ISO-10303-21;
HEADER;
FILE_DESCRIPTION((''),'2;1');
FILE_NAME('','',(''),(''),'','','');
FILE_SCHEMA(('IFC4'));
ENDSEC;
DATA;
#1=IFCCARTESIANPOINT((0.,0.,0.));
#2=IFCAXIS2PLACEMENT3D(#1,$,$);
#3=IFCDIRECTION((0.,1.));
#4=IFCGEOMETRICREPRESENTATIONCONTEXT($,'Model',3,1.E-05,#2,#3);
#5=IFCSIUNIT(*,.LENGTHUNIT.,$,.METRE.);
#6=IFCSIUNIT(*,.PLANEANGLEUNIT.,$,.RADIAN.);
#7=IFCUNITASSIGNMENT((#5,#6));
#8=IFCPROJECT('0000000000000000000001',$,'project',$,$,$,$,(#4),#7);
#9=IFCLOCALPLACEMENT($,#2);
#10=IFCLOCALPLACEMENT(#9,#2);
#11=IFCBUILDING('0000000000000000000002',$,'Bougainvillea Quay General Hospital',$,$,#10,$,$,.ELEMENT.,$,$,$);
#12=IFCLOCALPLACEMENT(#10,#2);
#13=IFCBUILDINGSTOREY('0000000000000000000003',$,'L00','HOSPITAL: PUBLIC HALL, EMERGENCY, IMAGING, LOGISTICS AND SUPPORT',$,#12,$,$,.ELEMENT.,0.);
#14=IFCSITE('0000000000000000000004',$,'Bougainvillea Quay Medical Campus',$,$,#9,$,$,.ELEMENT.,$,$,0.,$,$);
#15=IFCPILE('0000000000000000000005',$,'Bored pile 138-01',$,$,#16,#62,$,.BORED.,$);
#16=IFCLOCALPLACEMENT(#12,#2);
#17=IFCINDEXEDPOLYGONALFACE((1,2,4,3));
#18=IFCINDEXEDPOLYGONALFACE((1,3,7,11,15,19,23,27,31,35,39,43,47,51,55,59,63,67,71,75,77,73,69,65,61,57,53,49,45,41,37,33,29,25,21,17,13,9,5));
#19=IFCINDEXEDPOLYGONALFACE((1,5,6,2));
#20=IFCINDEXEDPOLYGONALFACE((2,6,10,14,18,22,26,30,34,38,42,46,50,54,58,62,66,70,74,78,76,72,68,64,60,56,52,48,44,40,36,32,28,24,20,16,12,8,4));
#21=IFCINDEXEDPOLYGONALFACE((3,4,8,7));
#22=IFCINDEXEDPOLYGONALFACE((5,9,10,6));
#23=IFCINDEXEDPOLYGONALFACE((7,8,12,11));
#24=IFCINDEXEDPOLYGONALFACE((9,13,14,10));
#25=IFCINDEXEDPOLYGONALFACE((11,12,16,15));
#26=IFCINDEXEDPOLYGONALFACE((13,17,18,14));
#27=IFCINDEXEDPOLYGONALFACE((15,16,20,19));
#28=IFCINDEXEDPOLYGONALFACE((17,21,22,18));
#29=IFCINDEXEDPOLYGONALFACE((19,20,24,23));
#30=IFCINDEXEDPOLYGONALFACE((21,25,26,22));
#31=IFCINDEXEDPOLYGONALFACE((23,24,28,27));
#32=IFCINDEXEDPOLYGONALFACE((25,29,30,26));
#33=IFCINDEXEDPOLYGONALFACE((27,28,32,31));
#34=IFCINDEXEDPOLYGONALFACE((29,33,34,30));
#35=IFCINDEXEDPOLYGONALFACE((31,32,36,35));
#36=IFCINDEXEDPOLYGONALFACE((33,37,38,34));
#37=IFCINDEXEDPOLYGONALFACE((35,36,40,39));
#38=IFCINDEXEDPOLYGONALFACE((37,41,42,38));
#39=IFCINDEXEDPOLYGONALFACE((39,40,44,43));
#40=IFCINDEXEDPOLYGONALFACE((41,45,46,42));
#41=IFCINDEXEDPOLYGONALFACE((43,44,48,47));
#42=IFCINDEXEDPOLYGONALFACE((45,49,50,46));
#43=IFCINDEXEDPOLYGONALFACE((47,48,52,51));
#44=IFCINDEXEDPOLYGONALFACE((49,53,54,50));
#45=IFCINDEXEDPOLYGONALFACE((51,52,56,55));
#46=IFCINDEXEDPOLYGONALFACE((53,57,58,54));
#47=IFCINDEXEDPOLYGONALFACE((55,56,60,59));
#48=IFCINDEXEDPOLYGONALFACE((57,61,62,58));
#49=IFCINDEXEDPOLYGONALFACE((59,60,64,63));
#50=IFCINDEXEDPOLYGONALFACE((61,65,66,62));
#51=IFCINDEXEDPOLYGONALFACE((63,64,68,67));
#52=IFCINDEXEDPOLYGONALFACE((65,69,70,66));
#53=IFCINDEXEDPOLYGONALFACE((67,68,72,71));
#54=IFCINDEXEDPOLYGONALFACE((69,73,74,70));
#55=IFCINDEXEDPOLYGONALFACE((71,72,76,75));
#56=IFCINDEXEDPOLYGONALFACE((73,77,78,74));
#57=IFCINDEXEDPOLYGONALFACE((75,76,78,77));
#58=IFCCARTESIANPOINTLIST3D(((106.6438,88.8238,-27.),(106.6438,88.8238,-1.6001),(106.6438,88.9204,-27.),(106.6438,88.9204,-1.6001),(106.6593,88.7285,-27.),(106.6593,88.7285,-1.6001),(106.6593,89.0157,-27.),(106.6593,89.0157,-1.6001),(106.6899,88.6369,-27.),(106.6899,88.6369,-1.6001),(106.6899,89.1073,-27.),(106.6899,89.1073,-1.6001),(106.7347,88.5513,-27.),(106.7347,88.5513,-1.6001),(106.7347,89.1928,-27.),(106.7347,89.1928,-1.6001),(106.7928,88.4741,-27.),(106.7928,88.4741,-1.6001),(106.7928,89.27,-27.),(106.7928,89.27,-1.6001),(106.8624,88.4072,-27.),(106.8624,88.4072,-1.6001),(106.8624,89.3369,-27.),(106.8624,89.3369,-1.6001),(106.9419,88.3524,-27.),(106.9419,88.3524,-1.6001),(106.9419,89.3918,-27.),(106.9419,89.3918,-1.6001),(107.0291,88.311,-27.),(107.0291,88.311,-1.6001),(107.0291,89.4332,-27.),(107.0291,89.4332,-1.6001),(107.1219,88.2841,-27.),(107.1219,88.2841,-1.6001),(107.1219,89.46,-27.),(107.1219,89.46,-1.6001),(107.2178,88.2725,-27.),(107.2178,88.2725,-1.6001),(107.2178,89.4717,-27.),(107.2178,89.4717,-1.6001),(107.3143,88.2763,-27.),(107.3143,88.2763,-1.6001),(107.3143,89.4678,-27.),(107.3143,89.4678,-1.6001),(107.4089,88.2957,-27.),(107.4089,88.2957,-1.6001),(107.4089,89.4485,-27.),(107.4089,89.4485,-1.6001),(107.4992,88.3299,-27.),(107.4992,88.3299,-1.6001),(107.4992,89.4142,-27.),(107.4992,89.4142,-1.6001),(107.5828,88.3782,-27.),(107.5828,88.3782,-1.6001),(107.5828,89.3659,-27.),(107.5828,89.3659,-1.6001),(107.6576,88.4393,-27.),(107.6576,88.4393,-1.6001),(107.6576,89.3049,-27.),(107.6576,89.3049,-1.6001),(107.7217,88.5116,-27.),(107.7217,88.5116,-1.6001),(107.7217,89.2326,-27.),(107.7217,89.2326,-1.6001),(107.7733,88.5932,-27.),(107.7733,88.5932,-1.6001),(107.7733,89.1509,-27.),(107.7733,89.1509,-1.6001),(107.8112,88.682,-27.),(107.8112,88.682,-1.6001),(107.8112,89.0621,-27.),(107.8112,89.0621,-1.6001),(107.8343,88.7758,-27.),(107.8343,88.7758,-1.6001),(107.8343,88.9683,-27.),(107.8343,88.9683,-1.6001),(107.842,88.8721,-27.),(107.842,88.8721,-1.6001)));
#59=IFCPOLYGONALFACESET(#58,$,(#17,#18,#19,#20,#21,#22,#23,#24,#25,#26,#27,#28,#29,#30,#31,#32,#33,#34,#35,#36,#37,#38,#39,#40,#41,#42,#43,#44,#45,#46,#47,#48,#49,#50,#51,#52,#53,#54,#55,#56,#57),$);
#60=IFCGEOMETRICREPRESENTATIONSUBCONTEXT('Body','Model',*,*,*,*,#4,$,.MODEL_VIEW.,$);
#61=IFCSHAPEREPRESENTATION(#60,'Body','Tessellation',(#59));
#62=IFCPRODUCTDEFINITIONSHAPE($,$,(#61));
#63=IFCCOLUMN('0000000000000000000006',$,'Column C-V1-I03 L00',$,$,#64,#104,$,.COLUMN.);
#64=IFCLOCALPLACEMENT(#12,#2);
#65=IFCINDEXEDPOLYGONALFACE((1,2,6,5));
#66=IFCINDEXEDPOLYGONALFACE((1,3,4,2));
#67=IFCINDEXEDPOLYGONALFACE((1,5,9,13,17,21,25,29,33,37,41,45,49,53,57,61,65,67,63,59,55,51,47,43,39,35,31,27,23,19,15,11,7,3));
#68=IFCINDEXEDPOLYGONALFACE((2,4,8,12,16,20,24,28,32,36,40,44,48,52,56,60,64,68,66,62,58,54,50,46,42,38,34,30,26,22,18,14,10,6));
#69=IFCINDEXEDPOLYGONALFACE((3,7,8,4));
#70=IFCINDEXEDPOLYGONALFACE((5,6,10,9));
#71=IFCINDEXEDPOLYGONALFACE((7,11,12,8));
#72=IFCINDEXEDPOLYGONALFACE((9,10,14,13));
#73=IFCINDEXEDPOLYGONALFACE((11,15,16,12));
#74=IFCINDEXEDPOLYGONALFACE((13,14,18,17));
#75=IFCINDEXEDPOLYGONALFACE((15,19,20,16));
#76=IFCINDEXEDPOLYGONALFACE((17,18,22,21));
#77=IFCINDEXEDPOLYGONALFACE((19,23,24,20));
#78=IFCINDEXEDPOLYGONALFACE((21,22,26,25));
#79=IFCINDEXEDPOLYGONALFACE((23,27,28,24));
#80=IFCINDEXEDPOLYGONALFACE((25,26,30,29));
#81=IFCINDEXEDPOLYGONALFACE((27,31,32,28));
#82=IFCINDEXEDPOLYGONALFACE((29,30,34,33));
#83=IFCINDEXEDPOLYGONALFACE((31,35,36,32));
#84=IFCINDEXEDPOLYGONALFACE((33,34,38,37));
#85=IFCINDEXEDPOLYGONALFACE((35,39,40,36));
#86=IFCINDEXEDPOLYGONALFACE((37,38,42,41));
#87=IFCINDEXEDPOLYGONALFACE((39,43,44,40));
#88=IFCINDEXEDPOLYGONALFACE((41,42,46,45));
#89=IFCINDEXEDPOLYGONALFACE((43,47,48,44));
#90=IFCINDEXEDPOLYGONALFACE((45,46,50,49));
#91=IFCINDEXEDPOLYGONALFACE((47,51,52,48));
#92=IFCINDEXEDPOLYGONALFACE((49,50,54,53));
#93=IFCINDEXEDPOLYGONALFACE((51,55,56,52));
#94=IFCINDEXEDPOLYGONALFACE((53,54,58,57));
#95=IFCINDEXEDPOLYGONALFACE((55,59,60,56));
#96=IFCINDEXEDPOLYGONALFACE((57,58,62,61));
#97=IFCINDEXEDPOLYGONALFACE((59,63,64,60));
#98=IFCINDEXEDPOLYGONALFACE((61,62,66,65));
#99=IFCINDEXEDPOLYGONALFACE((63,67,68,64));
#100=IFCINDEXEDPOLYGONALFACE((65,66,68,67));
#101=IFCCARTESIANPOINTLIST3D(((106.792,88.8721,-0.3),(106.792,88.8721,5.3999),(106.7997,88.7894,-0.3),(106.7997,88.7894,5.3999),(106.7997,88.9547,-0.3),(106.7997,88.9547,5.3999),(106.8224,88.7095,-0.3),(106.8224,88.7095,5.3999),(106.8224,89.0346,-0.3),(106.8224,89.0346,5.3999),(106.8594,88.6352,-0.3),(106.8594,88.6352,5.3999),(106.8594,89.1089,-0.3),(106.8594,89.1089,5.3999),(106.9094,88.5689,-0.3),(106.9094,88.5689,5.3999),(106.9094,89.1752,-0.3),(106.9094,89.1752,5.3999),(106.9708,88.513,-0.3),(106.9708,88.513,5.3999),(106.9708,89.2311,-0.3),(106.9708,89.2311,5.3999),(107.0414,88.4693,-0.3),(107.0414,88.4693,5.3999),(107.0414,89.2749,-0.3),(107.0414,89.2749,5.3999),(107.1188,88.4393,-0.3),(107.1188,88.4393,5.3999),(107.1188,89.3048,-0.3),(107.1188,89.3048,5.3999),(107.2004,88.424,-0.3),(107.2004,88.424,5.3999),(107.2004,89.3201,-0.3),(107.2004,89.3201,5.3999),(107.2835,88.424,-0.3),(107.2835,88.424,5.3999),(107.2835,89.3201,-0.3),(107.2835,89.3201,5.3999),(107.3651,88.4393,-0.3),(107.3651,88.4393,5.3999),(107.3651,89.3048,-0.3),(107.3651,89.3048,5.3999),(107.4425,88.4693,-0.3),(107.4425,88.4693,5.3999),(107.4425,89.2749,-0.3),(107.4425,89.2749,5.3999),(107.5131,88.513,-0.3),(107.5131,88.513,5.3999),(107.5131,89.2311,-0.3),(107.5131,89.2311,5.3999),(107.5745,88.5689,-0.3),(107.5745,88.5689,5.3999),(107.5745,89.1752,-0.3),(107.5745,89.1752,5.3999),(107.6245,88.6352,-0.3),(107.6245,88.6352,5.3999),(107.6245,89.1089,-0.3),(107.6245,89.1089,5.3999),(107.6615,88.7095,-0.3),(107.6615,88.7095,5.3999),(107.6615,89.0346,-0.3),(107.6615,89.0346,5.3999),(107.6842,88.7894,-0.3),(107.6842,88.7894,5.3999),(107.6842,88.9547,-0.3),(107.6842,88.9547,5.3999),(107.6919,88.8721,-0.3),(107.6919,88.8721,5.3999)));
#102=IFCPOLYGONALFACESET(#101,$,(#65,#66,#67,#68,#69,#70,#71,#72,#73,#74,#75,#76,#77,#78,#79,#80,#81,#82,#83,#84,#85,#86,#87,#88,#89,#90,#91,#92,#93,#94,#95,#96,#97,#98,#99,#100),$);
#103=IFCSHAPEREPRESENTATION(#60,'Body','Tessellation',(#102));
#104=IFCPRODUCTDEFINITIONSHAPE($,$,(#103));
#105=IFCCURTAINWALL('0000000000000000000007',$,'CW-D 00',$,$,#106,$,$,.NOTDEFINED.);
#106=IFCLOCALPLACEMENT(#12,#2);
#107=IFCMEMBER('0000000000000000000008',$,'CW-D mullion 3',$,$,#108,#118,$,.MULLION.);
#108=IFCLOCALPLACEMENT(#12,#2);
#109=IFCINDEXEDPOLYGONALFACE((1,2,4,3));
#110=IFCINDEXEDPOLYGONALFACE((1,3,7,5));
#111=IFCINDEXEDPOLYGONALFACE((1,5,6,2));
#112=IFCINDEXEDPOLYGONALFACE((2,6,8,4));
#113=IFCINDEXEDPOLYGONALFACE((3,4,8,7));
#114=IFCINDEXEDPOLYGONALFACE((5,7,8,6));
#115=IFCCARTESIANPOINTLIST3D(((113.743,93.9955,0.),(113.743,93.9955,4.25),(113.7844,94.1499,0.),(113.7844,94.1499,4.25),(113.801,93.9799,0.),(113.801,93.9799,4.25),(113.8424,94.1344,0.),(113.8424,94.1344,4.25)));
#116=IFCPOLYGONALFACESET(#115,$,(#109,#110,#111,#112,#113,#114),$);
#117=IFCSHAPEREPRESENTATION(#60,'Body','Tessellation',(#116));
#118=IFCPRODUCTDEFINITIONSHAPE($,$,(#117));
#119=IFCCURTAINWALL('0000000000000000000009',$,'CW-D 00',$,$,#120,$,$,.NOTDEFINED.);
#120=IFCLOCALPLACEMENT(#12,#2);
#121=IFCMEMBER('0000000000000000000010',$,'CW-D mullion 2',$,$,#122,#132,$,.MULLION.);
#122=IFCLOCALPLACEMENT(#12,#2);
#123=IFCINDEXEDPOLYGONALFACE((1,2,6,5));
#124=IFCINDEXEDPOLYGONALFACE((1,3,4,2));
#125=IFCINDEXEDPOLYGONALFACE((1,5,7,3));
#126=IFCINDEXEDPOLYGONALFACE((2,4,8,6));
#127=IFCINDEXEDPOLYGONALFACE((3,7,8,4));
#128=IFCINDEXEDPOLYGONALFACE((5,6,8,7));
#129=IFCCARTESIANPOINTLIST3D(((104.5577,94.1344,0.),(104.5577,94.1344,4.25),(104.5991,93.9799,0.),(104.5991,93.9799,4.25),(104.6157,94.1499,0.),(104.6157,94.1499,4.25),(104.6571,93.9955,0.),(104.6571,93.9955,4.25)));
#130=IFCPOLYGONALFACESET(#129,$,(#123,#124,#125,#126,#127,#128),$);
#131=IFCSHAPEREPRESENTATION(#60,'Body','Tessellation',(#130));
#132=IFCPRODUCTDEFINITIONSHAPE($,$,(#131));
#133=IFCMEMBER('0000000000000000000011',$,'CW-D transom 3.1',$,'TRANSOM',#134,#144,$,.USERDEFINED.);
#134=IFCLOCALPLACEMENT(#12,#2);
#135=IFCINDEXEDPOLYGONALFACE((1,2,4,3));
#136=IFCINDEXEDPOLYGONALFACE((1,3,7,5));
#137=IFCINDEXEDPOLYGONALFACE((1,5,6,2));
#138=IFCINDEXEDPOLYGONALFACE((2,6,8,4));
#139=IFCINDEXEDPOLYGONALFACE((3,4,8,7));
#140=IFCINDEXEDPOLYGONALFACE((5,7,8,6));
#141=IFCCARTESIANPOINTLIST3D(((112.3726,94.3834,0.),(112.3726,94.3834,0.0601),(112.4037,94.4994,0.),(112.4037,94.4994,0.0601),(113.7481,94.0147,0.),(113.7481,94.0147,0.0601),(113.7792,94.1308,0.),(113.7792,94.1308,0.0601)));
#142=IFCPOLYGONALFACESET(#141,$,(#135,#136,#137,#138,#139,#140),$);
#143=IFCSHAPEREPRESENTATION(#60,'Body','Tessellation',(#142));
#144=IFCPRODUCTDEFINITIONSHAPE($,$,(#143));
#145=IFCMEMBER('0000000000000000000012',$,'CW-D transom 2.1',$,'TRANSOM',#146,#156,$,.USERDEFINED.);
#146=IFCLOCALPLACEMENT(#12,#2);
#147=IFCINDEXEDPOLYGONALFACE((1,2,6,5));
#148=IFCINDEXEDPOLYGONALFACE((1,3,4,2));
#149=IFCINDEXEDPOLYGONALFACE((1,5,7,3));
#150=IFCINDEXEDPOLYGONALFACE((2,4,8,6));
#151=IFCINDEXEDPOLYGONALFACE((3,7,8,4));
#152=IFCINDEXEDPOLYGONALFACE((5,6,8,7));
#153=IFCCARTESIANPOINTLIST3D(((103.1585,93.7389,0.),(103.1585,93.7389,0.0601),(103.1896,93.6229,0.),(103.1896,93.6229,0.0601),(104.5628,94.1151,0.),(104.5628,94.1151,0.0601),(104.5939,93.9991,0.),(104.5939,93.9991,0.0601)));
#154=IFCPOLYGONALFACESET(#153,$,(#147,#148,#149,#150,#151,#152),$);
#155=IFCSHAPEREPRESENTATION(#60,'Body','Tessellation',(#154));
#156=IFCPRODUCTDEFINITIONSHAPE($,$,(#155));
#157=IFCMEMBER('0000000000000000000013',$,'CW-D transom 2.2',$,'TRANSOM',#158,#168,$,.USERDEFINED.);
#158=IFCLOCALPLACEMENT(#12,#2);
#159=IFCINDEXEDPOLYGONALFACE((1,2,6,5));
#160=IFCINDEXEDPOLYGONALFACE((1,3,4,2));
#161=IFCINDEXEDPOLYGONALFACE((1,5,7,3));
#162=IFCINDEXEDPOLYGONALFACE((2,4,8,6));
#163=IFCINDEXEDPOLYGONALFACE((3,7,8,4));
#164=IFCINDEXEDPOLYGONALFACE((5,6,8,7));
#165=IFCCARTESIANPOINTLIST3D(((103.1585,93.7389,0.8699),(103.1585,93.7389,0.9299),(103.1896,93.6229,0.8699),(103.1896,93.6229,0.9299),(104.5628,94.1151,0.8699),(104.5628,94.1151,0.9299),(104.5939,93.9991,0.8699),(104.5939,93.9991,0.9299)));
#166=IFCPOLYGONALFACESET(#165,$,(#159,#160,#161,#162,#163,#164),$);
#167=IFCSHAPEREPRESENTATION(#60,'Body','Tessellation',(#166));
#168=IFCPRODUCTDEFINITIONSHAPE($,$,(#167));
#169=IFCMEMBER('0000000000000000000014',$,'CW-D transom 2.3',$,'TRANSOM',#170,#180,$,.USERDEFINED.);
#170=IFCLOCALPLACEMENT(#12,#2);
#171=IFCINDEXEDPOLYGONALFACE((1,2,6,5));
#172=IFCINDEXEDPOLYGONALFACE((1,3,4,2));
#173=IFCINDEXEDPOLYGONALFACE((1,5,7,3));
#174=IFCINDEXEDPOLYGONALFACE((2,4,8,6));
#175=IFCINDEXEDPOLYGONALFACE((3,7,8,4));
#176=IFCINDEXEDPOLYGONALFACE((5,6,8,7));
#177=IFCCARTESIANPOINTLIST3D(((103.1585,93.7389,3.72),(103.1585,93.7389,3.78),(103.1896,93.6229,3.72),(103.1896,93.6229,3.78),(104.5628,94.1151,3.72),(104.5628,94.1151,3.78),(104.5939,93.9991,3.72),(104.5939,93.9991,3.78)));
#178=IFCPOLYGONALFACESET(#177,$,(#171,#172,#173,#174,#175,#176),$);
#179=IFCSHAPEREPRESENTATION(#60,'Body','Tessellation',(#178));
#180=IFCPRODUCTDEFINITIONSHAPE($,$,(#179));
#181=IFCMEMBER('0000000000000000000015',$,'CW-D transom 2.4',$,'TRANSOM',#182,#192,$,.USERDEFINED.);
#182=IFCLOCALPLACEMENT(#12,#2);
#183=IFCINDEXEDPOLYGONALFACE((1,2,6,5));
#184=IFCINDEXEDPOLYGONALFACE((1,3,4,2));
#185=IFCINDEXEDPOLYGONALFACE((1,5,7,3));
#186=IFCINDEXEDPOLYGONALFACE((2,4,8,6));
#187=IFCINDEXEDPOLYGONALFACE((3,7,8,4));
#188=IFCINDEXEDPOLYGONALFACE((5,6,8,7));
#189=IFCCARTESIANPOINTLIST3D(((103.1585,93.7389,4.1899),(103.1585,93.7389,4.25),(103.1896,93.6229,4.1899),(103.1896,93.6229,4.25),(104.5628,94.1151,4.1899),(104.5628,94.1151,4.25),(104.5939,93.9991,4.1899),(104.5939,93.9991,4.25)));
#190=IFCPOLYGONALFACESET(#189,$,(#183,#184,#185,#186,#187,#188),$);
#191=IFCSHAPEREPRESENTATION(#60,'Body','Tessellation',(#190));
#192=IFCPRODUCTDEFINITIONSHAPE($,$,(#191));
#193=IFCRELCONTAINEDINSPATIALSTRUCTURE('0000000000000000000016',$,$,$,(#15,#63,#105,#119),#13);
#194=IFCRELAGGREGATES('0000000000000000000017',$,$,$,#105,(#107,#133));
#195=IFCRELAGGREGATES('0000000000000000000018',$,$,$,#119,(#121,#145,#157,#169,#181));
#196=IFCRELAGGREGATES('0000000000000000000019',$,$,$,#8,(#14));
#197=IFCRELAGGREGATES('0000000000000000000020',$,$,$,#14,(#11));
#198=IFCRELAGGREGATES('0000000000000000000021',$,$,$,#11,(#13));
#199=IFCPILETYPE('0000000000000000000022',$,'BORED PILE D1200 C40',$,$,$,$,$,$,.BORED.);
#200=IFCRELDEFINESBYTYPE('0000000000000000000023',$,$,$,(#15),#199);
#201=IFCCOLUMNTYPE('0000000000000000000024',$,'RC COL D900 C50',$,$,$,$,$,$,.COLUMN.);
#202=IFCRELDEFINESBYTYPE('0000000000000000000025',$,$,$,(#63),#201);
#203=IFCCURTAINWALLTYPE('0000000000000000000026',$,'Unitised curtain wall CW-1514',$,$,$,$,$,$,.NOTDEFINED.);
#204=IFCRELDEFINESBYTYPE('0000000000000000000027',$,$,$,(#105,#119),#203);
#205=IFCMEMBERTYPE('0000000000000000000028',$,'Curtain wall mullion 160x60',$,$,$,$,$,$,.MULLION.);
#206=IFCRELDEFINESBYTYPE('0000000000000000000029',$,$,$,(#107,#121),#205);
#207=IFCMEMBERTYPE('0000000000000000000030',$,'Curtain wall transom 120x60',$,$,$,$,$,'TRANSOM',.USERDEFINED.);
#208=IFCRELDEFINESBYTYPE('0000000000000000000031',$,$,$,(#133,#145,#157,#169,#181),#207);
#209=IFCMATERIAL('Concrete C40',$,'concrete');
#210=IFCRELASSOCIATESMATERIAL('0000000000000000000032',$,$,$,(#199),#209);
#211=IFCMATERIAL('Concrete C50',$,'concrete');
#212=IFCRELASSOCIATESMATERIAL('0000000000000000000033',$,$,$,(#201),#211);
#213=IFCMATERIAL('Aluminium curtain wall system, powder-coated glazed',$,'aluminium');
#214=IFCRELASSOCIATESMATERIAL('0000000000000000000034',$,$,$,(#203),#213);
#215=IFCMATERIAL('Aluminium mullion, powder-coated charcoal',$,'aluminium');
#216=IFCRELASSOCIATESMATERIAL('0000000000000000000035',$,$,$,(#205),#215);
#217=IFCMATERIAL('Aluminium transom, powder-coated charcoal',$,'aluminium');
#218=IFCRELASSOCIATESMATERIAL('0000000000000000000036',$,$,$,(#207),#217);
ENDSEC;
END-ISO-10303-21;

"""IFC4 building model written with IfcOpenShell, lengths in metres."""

from ifc_helpers import new_model, si_unit, direction, frame, origin, origin_2d, place, context, subcontext, project, spatial, rectangle, circle, extrude, material, material_profile, profile_set, type_object, element, aggregate, save


model = new_model("IFC4")

# Units and contexts
model_context = context("Model", 3, precision=1e-05, world=origin(), true_north=direction((0.0, 1.0)))
body_context = subcontext(model_context, "Body", "Model", "MODEL_VIEW")
ifc_project = project(units=[si_unit("LENGTHUNIT", "METRE"), si_unit("PLANEANGLEUNIT", "RADIAN")], contexts=[model_context])

# Site, building, storey
site_placement = place(None, origin())
site = spatial("IfcSite", under=ifc_project, at=site_placement, Name="Bougainvillea Quay Medical Campus", CompositionType="ELEMENT", RefElevation=0.0)
building_placement = place(site_placement, origin())
building = spatial("IfcBuilding", under=site, at=building_placement, Name="Bougainvillea Quay General Hospital", CompositionType="ELEMENT")
storey_placement = place(building_placement, origin())
storey = spatial("IfcBuildingStorey", under=building, at=storey_placement, Name="L00", Description="HOSPITAL: PUBLIC HALL, EMERGENCY, IMAGING, LOGISTICS AND SUPPORT", CompositionType="ELEMENT", Elevation=0.0)

# Pile
ifc_material_1 = material(Name="Concrete C40", Category="concrete")
ifc_material_profile_1 = material_profile(ifc_material_1, circle(Radius=0.6001, at=origin_2d()))
ifc_profile_set_1 = profile_set([ifc_material_profile_1], Name="Concrete C40")
pile_type = type_object("IfcPileType", Name="BORED PILE D1200 C40", PredefinedType="BORED", material=ifc_profile_set_1)
pile_placement = place(storey_placement, frame((107.2419, 88.8721, -1.6001), z_axis=(0.0, 0.0, -1.0), x_axis=(1.0, 0.0, 0.0)))
element("IfcPile", 1, at=pile_placement, inside=storey, type_object=pile_type, Name="Bored pile 138-01", PredefinedType="BORED", context=body_context, shape_type="SweptSolid", body=[
    extrude(circle(Radius=0.6001, at=origin_2d()), origin(), (0.0, 0.0, 1.0), 25.3999),
])

# Column
ifc_material_2 = material(Name="Concrete C50", Category="concrete")
ifc_material_profile_2 = material_profile(ifc_material_2, circle(Radius=0.45, at=origin_2d()))
ifc_profile_set_2 = profile_set([ifc_material_profile_2], Name="Concrete C50")
column_type = type_object("IfcColumnType", Name="RC COL D900 C50", PredefinedType="COLUMN", material=ifc_profile_set_2)
column_placement = place(storey_placement, frame((107.2419, 88.8721, -0.3), z_axis=(0.0, 0.0, 1.0), x_axis=(1.0, 0.0, 0.0)))
element("IfcColumn", 2, at=column_placement, inside=storey, type_object=column_type, Name="Column C-V1-I03 L00", PredefinedType="COLUMN", context=body_context, shape_type="SweptSolid", body=[
    extrude(circle(Radius=0.45, at=origin_2d()), origin(), (0.0, 0.0, 1.0), 5.7),
])

# Curtain walls, members
ifc_material_3 = material(Name="Aluminium curtain wall system, powder-coated glazed", Category="aluminium")
curtain_wall_type = type_object("IfcCurtainWallType", Name="Unitised curtain wall CW-1514", PredefinedType="NOTDEFINED", material=ifc_material_3)
curtain_wall_1_placement = place(storey_placement, origin())
curtain_wall_1 = element("IfcCurtainWall", 3, at=curtain_wall_1_placement, inside=storey, type_object=curtain_wall_type, Name="CW-D 00", PredefinedType="NOTDEFINED")
ifc_material_4 = material(Name="Aluminium mullion, powder-coated charcoal", Category="aluminium")
ifc_material_profile_3 = material_profile(ifc_material_4, rectangle(XDim=0.1599, YDim=0.0601, at=origin_2d()))
ifc_profile_set_3 = profile_set([ifc_material_profile_3], Name="Aluminium mullion, powder-coated charcoal")
member_type_1 = type_object("IfcMemberType", Name="Curtain wall mullion 160x60", PredefinedType="MULLION", material=ifc_profile_set_3)
member_1_placement = place(storey_placement, frame((113.7927, 94.0649, 0.0), z_axis=(0.0, 0.0, 1.0), x_axis=(-0.258855, -0.965916, 0.0)))
member_1 = element("IfcMember", 4, at=member_1_placement, type_object=member_type_1, Name="CW-D mullion 3", PredefinedType="MULLION", context=body_context, shape_type="SweptSolid", body=[
    extrude(rectangle(XDim=0.1599, YDim=0.0601, at=origin_2d()), origin(), (0.0, 0.0, 1.0), 4.25),
])
curtain_wall_2_placement = place(storey_placement, origin())
curtain_wall_2 = element("IfcCurtainWall", 5, at=curtain_wall_2_placement, inside=storey, type_object=curtain_wall_type, Name="CW-D 00", PredefinedType="NOTDEFINED")
member_2_placement = place(storey_placement, frame((104.6074, 94.0649, 0.0), z_axis=(0.0, 0.0, 1.0), x_axis=(0.258855, -0.965916, 0.0)))
member_2 = element("IfcMember", 6, at=member_2_placement, type_object=member_type_1, Name="CW-D mullion 2", PredefinedType="MULLION", context=body_context, shape_type="SweptSolid", body=[
    extrude(rectangle(XDim=0.1599, YDim=0.0601, at=origin_2d()), origin(), (0.0, 0.0, 1.0), 4.25),
])

# Members
ifc_material_5 = material(Name="Aluminium transom, powder-coated charcoal", Category="aluminium")
ifc_material_profile_4 = material_profile(ifc_material_5, rectangle(XDim=0.1201, YDim=0.0601, at=origin_2d()))
ifc_profile_set_4 = profile_set([ifc_material_profile_4], Name="Aluminium transom, powder-coated charcoal")
member_type_2 = type_object("IfcMemberType", Name="Curtain wall transom 120x60", ElementType="TRANSOM", PredefinedType="USERDEFINED", material=ifc_profile_set_4)
member_3_placement = place(storey_placement, frame((113.7637, 94.0728, 0.03), z_axis=(-0.96591, 0.258879, 0.0), x_axis=(-0.258879, -0.96591, 0.0)))
member_3 = element("IfcMember", 7, at=member_3_placement, type_object=member_type_2, Name="CW-D transom 3.1", ObjectType="TRANSOM", PredefinedType="USERDEFINED", context=body_context, shape_type="SweptSolid", body=[
    extrude(rectangle(XDim=0.1201, YDim=0.0601, at=origin_2d()), origin(), (0.0, 0.0, 1.0), 1.4241),
])
member_4_placement = place(storey_placement, frame((104.5784, 94.0571, 0.03), z_axis=(-0.965936, -0.258781, 0.0), x_axis=(0.258781, -0.965936, 0.0)))
member_4 = element("IfcMember", 8, at=member_4_placement, type_object=member_type_2, Name="CW-D transom 2.1", ObjectType="TRANSOM", PredefinedType="USERDEFINED", context=body_context, shape_type="SweptSolid", body=[
    extrude(rectangle(XDim=0.1201, YDim=0.0601, at=origin_2d()), origin(), (0.0, 0.0, 1.0), 1.4539),
])
member_5_placement = place(storey_placement, frame((104.5784, 94.0571, 0.8999), z_axis=(-0.965936, -0.258781, 0.0), x_axis=(0.258781, -0.965936, 0.0)))
member_5 = element("IfcMember", 9, at=member_5_placement, type_object=member_type_2, Name="CW-D transom 2.2", ObjectType="TRANSOM", PredefinedType="USERDEFINED", context=body_context, shape_type="SweptSolid", body=[
    extrude(rectangle(XDim=0.1201, YDim=0.0601, at=origin_2d()), origin(), (0.0, 0.0, 1.0), 1.4539),
])
member_6_placement = place(storey_placement, frame((104.5784, 94.0571, 3.75), z_axis=(-0.965936, -0.258781, 0.0), x_axis=(0.258781, -0.965936, 0.0)))
member_6 = element("IfcMember", 10, at=member_6_placement, type_object=member_type_2, Name="CW-D transom 2.3", ObjectType="TRANSOM", PredefinedType="USERDEFINED", context=body_context, shape_type="SweptSolid", body=[
    extrude(rectangle(XDim=0.1201, YDim=0.0601, at=origin_2d()), origin(), (0.0, 0.0, 1.0), 1.4539),
])
member_7_placement = place(storey_placement, frame((104.5784, 94.0571, 4.22), z_axis=(-0.965936, -0.258781, 0.0), x_axis=(0.258781, -0.965936, 0.0)))
member_7 = element("IfcMember", 11, at=member_7_placement, type_object=member_type_2, Name="CW-D transom 2.4", ObjectType="TRANSOM", PredefinedType="USERDEFINED", context=body_context, shape_type="SweptSolid", body=[
    extrude(rectangle(XDim=0.1201, YDim=0.0601, at=origin_2d()), origin(), (0.0, 0.0, 1.0), 1.4539),
])

aggregate(curtain_wall_1, [member_1, member_3])
aggregate(curtain_wall_2, [member_2, member_4, member_5, member_6, member_7])

save(model, "model.ifc")
